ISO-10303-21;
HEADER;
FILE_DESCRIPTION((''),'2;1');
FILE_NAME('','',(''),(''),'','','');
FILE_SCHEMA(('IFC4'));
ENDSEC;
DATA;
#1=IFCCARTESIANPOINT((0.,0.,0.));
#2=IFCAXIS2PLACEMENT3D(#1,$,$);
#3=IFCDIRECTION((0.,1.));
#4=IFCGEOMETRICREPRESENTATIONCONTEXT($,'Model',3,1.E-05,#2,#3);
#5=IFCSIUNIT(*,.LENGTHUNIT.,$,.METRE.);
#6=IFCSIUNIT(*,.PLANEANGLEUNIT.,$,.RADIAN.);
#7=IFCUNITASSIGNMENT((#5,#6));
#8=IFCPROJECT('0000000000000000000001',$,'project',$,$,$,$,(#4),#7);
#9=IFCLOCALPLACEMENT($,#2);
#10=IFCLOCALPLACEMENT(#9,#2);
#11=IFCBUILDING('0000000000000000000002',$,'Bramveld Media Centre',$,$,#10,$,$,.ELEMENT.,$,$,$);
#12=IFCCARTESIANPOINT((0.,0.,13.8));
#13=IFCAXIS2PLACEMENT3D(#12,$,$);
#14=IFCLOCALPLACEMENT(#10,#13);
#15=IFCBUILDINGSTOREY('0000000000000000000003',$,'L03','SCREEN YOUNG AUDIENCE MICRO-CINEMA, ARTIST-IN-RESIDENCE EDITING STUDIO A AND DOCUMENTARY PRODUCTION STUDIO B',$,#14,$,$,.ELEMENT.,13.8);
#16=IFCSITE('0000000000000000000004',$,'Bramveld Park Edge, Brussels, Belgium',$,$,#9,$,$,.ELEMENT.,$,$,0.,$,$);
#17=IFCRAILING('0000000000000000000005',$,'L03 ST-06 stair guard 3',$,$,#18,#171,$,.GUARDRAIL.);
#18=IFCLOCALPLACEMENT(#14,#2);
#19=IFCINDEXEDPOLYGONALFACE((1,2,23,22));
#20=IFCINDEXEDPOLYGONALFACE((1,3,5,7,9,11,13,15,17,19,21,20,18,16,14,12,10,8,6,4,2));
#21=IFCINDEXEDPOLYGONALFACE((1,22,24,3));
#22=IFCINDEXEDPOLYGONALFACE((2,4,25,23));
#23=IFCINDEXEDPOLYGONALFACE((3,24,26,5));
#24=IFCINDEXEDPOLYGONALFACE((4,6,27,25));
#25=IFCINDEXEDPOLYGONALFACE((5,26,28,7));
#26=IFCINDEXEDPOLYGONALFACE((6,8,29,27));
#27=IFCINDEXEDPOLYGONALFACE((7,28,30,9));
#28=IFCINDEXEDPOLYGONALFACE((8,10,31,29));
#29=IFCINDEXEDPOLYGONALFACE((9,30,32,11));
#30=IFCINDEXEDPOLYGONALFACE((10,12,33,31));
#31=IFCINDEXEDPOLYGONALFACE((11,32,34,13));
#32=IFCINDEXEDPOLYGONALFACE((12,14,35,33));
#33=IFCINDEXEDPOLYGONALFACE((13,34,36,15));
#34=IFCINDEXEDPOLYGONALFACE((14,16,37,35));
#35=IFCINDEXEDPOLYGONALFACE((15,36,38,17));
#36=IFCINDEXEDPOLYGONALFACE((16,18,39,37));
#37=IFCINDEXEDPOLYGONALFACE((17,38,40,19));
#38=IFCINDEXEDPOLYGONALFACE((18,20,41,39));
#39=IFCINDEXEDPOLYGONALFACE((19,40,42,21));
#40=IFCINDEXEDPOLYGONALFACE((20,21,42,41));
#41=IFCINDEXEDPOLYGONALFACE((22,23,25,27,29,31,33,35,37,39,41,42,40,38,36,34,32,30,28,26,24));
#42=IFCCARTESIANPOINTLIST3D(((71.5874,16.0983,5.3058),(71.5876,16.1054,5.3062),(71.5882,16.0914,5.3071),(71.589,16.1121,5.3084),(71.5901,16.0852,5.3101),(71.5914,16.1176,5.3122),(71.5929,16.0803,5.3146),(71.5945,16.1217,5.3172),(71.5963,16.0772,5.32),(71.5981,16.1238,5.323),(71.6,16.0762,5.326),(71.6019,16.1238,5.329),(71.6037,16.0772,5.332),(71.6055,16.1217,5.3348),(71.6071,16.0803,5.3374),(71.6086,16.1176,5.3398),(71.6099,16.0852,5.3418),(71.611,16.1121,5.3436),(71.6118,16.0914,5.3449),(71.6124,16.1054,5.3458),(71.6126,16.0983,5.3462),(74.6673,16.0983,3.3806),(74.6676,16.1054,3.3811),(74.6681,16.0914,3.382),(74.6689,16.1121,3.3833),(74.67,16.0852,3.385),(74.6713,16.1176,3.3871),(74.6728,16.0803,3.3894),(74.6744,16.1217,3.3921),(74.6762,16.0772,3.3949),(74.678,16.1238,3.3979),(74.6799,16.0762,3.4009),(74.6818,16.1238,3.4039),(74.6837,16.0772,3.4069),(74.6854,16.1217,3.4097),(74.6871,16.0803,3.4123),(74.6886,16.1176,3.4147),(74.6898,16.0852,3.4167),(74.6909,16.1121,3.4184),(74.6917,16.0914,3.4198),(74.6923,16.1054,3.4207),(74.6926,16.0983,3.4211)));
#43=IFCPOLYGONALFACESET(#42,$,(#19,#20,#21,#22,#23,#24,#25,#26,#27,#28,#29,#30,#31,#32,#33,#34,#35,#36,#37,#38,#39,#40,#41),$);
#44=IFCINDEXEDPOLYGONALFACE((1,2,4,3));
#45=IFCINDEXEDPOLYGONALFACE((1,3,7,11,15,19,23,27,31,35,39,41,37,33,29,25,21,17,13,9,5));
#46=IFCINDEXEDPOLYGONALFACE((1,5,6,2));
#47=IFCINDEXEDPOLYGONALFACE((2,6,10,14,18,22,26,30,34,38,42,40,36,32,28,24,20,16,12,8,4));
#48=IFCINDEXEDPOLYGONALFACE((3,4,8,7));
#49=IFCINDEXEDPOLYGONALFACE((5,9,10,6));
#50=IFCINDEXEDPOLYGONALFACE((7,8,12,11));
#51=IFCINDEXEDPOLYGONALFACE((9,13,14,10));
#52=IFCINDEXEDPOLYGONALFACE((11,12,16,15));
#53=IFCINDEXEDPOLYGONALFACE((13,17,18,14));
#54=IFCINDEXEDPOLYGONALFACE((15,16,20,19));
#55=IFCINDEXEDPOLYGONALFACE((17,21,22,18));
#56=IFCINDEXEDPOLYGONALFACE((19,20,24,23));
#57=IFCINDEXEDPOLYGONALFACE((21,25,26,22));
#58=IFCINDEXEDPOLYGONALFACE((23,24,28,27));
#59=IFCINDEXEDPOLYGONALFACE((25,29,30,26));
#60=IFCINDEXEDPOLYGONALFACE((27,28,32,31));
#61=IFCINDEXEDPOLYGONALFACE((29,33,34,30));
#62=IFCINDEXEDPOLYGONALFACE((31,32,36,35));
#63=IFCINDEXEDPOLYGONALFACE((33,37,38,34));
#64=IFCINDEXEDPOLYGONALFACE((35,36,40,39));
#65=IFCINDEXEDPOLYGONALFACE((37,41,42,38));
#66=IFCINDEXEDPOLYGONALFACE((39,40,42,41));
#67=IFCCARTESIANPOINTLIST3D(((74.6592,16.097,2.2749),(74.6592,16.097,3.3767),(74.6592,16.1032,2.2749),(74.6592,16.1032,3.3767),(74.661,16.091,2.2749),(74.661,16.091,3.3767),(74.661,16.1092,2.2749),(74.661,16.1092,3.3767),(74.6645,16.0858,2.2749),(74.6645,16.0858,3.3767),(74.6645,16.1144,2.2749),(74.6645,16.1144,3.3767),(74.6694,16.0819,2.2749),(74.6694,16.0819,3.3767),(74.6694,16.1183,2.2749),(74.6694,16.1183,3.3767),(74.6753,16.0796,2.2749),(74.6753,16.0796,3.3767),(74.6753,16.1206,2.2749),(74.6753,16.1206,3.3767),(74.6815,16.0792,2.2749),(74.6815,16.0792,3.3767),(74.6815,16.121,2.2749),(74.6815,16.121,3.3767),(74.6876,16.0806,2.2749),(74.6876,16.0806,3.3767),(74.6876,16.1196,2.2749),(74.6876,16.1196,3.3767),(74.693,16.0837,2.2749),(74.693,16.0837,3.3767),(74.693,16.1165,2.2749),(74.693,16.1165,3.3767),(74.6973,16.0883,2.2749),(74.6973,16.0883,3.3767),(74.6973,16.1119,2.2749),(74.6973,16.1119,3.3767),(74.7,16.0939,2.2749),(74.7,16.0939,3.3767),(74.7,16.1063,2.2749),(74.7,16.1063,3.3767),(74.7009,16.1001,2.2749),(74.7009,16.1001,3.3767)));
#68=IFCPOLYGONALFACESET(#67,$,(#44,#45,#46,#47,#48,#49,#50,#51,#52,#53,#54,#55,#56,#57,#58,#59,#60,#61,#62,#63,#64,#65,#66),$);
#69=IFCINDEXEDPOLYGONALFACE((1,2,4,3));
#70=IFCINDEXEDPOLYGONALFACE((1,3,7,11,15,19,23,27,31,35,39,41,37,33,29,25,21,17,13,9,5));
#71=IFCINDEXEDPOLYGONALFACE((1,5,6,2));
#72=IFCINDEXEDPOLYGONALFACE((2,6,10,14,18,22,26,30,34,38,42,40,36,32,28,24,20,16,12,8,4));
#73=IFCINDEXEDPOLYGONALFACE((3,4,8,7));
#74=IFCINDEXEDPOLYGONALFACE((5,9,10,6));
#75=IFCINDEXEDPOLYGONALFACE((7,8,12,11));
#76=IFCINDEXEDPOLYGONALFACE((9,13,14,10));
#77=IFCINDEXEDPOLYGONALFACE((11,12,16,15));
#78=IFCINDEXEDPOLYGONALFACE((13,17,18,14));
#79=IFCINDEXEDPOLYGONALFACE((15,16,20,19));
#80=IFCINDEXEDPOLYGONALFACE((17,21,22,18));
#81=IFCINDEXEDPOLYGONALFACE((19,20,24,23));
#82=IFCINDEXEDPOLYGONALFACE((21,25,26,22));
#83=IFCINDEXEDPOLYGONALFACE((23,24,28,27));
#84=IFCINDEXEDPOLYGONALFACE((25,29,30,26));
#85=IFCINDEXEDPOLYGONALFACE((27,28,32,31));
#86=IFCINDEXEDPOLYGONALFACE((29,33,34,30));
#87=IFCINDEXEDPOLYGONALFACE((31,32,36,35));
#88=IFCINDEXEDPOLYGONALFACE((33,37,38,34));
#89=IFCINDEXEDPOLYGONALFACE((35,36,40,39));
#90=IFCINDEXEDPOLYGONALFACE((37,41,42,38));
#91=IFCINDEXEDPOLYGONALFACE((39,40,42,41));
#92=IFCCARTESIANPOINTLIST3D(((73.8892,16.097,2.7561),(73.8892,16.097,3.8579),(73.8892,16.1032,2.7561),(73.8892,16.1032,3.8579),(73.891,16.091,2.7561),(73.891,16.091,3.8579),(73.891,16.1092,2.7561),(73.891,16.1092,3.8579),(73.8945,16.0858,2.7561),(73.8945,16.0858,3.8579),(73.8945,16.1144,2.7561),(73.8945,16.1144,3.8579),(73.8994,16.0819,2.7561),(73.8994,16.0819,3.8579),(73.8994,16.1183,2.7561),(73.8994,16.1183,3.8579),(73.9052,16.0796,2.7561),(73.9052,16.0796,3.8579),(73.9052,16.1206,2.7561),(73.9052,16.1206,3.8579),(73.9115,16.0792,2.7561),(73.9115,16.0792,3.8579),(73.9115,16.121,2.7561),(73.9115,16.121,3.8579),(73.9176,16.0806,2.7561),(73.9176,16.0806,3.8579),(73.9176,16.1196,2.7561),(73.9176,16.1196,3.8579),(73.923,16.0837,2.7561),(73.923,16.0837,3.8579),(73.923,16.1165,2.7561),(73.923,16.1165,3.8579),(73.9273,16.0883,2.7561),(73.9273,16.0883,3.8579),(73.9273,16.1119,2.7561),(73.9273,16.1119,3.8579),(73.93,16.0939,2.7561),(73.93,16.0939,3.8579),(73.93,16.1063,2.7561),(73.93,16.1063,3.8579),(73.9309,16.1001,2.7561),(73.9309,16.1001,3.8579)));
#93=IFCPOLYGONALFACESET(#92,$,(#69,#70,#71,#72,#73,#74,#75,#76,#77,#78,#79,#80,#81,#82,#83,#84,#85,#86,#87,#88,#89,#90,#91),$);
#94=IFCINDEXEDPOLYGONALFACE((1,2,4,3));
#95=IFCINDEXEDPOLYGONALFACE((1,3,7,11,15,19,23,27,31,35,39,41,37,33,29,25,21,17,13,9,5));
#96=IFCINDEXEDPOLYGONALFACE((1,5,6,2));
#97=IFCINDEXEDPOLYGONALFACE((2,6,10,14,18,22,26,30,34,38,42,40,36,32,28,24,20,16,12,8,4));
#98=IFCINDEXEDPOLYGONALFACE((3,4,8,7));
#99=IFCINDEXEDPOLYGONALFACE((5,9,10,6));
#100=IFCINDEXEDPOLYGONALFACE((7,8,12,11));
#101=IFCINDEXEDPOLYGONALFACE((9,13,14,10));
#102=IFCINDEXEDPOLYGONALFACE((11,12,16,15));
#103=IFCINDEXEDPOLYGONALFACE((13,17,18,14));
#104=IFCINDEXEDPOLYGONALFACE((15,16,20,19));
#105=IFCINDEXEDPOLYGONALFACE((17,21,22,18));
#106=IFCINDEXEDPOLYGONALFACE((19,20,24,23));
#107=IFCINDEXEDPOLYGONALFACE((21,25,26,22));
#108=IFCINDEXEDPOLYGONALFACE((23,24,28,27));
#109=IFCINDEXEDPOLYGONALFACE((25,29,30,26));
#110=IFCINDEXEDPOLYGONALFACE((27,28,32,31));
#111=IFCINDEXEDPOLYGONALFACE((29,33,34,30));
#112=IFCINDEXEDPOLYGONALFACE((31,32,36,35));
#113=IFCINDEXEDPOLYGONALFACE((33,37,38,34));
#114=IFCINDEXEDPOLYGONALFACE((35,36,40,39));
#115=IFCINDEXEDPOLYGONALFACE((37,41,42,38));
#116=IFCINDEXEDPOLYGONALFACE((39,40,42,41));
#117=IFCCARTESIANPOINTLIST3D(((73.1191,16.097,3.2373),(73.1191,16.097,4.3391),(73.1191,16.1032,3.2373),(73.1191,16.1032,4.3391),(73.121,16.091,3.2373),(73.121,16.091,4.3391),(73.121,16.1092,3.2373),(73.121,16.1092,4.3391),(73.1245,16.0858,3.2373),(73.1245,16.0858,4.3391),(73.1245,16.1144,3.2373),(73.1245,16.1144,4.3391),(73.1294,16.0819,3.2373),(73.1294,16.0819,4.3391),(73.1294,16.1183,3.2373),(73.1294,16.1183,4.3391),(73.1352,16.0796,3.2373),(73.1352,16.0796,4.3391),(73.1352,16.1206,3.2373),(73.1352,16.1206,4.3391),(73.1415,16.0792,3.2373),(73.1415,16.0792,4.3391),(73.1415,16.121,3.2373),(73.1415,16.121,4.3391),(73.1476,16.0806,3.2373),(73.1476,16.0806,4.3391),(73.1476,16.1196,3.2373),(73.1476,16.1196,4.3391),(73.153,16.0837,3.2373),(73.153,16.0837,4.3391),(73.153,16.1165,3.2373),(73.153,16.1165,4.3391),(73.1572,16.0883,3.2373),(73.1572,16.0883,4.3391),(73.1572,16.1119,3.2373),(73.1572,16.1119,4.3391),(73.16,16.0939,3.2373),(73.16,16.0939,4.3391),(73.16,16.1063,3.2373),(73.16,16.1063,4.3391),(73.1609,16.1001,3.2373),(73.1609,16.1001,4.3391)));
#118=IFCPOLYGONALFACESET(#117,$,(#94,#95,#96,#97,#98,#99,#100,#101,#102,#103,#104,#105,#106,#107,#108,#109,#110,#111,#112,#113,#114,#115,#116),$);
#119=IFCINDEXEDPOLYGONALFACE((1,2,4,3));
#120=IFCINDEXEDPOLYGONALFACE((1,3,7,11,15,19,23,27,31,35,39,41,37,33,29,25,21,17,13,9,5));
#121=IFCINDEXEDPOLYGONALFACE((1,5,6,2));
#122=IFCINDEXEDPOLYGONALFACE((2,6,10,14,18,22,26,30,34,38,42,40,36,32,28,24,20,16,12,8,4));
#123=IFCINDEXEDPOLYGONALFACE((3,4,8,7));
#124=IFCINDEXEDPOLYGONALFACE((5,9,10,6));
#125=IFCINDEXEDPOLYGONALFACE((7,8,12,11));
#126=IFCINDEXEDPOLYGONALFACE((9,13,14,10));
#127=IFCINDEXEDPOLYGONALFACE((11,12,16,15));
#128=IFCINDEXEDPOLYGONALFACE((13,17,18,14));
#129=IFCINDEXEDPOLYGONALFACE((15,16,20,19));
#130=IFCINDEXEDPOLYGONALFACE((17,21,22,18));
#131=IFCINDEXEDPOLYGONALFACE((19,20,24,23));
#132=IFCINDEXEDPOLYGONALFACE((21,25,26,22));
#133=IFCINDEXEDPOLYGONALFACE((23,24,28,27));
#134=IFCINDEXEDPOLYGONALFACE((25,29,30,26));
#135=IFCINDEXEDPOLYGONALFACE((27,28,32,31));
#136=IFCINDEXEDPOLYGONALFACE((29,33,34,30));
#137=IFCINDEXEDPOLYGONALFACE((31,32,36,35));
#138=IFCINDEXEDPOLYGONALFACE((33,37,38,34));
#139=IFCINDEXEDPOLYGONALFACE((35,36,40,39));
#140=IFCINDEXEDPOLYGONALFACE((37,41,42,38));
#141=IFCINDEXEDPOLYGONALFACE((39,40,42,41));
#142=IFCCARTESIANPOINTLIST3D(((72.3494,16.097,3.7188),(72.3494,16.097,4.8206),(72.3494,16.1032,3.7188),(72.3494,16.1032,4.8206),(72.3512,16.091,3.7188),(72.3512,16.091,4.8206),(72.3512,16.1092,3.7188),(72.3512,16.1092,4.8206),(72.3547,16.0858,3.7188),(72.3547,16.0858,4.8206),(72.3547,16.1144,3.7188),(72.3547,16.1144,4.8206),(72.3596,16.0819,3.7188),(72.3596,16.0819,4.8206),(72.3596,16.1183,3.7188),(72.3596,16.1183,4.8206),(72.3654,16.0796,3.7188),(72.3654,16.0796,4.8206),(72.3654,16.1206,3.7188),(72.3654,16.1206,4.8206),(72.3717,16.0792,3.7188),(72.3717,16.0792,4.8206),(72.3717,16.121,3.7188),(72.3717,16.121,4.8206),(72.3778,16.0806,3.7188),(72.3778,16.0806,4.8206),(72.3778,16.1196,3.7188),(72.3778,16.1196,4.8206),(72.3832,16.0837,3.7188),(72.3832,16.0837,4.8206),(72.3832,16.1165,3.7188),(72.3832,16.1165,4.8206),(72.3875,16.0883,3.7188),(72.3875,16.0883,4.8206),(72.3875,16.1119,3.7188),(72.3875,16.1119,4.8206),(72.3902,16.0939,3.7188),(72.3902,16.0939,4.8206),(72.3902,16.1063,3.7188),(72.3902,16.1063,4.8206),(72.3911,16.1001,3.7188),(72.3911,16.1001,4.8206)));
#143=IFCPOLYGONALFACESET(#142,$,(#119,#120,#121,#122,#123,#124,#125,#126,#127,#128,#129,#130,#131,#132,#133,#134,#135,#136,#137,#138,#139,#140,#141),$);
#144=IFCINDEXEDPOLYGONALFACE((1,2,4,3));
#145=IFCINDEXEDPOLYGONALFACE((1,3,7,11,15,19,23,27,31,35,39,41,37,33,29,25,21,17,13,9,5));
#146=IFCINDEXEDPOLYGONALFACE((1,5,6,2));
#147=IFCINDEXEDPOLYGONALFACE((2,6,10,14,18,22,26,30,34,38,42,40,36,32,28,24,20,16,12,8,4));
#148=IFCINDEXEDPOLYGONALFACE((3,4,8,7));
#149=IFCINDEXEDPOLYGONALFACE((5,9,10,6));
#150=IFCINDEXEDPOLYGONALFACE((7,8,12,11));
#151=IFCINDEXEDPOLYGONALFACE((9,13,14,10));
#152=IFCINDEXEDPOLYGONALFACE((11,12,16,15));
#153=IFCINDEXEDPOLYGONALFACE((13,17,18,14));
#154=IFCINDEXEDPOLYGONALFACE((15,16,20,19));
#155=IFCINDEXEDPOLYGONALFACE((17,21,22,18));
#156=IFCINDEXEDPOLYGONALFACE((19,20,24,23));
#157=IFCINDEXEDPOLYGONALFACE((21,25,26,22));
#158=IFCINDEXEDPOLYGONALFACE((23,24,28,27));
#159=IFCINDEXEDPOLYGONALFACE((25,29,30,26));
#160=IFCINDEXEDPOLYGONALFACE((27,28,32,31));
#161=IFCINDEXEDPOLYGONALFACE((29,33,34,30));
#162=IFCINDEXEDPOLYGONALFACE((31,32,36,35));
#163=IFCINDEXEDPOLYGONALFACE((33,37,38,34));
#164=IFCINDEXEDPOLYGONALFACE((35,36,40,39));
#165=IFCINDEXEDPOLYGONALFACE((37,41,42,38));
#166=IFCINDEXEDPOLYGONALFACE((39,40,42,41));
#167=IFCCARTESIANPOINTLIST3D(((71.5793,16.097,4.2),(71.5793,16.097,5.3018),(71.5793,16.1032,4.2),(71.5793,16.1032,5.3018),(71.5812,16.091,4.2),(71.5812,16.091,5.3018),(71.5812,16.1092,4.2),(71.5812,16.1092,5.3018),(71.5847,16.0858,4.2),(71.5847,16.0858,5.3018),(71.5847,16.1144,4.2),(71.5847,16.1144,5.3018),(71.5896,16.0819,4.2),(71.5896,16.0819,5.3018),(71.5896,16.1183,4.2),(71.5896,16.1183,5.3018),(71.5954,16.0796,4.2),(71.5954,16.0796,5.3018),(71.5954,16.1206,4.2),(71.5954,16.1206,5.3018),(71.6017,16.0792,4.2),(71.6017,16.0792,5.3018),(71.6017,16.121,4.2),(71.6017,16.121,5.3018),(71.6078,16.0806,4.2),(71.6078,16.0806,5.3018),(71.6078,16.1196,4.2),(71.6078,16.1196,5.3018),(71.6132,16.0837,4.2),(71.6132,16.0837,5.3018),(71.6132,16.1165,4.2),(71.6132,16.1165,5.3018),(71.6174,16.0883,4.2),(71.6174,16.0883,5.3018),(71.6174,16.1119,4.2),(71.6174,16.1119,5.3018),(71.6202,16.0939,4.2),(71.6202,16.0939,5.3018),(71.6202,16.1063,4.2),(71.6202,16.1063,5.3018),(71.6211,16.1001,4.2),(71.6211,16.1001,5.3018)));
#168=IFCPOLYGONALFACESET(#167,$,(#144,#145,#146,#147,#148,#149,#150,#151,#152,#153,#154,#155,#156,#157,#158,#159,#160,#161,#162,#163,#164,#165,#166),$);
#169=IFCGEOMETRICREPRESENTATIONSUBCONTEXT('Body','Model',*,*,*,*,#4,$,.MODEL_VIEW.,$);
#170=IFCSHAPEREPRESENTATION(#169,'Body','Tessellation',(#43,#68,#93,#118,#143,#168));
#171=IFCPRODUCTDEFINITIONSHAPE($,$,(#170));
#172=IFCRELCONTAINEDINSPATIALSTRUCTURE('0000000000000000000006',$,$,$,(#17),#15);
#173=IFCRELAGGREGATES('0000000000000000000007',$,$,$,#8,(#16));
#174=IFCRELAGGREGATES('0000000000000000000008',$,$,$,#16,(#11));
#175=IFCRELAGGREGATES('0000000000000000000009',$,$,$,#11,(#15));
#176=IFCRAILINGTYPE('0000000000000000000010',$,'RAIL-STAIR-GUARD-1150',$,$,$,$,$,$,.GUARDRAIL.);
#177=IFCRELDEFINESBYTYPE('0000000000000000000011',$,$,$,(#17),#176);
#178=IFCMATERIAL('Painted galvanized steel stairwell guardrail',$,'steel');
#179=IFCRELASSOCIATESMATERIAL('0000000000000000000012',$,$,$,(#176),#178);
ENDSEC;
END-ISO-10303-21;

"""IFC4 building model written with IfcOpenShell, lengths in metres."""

from ifc_helpers import new_model, si_unit, direction, frame, origin, origin_2d, place, context, subcontext, project, spatial, circle, extrude, material, type_object, element, save


model = new_model("IFC4")

# Units and contexts
model_context = context("Model", 3, precision=1e-05, world=origin(), true_north=direction((0.0, 1.0)))
body_context = subcontext(model_context, "Body", "Model", "MODEL_VIEW")
ifc_project = project(units=[si_unit("LENGTHUNIT", "METRE"), si_unit("PLANEANGLEUNIT", "RADIAN")], contexts=[model_context])

# Site, building, storey
site_placement = place(None, origin())
site = spatial("IfcSite", under=ifc_project, at=site_placement, Name="Bramveld Park Edge, Brussels, Belgium", CompositionType="ELEMENT", RefElevation=0.0)
building_placement = place(site_placement, origin())
building = spatial("IfcBuilding", under=site, at=building_placement, Name="Bramveld Media Centre", CompositionType="ELEMENT")
storey_placement = place(building_placement, frame((0.0, 0.0, 13.8)))
storey = spatial("IfcBuildingStorey", under=building, at=storey_placement, Name="L03", Description="SCREEN YOUNG AUDIENCE MICRO-CINEMA, ARTIST-IN-RESIDENCE EDITING STUDIO A AND DOCUMENTARY PRODUCTION STUDIO B", CompositionType="ELEMENT", Elevation=13.8)

# Railing
ifc_material_1 = material(Name="Painted galvanized steel stairwell guardrail", Category="steel")
railing_type_1 = type_object("IfcRailingType", Name="RAIL-STAIR-GUARD-1150", PredefinedType="GUARDRAIL", material=ifc_material_1)
railing_1_placement = place(storey_placement, frame((74.6799, 16.1001, 2.2749)))
element("IfcRailing", 1, at=railing_1_placement, inside=storey, type_object=railing_type_1, Name="L03 ST-06 stair guard 3", PredefinedType="GUARDRAIL", context=body_context, shape_type="SweptSolid", body=[
    extrude(circle(Radius=0.0239, at=origin_2d()), frame((0.0, 0.0, 1.126), z_axis=(-0.847979, 0.0, 0.530029), x_axis=(0.0, -1.0, 0.0)), (0.0, 0.0, 1.0), 3.6321),
    extrude(circle(Radius=0.021, at=origin_2d()), origin(), (0.0, 0.0, 1.0), 1.1018),
    extrude(circle(Radius=0.021, at=origin_2d()), frame((-0.77, 0.0, 0.4812)), (0.0, 0.0, 1.0), 1.1018),
    extrude(circle(Radius=0.021, at=origin_2d()), frame((-1.54, 0.0, 0.9624)), (0.0, 0.0, 1.0), 1.1018),
    extrude(circle(Radius=0.021, at=origin_2d()), frame((-2.3098, 0.0, 1.4438)), (0.0, 0.0, 1.0), 1.1018),
    extrude(circle(Radius=0.021, at=origin_2d()), frame((-3.0798, 0.0, 1.925)), (0.0, 0.0, 1.0), 1.1018),
])

save(model, "model.ifc")
